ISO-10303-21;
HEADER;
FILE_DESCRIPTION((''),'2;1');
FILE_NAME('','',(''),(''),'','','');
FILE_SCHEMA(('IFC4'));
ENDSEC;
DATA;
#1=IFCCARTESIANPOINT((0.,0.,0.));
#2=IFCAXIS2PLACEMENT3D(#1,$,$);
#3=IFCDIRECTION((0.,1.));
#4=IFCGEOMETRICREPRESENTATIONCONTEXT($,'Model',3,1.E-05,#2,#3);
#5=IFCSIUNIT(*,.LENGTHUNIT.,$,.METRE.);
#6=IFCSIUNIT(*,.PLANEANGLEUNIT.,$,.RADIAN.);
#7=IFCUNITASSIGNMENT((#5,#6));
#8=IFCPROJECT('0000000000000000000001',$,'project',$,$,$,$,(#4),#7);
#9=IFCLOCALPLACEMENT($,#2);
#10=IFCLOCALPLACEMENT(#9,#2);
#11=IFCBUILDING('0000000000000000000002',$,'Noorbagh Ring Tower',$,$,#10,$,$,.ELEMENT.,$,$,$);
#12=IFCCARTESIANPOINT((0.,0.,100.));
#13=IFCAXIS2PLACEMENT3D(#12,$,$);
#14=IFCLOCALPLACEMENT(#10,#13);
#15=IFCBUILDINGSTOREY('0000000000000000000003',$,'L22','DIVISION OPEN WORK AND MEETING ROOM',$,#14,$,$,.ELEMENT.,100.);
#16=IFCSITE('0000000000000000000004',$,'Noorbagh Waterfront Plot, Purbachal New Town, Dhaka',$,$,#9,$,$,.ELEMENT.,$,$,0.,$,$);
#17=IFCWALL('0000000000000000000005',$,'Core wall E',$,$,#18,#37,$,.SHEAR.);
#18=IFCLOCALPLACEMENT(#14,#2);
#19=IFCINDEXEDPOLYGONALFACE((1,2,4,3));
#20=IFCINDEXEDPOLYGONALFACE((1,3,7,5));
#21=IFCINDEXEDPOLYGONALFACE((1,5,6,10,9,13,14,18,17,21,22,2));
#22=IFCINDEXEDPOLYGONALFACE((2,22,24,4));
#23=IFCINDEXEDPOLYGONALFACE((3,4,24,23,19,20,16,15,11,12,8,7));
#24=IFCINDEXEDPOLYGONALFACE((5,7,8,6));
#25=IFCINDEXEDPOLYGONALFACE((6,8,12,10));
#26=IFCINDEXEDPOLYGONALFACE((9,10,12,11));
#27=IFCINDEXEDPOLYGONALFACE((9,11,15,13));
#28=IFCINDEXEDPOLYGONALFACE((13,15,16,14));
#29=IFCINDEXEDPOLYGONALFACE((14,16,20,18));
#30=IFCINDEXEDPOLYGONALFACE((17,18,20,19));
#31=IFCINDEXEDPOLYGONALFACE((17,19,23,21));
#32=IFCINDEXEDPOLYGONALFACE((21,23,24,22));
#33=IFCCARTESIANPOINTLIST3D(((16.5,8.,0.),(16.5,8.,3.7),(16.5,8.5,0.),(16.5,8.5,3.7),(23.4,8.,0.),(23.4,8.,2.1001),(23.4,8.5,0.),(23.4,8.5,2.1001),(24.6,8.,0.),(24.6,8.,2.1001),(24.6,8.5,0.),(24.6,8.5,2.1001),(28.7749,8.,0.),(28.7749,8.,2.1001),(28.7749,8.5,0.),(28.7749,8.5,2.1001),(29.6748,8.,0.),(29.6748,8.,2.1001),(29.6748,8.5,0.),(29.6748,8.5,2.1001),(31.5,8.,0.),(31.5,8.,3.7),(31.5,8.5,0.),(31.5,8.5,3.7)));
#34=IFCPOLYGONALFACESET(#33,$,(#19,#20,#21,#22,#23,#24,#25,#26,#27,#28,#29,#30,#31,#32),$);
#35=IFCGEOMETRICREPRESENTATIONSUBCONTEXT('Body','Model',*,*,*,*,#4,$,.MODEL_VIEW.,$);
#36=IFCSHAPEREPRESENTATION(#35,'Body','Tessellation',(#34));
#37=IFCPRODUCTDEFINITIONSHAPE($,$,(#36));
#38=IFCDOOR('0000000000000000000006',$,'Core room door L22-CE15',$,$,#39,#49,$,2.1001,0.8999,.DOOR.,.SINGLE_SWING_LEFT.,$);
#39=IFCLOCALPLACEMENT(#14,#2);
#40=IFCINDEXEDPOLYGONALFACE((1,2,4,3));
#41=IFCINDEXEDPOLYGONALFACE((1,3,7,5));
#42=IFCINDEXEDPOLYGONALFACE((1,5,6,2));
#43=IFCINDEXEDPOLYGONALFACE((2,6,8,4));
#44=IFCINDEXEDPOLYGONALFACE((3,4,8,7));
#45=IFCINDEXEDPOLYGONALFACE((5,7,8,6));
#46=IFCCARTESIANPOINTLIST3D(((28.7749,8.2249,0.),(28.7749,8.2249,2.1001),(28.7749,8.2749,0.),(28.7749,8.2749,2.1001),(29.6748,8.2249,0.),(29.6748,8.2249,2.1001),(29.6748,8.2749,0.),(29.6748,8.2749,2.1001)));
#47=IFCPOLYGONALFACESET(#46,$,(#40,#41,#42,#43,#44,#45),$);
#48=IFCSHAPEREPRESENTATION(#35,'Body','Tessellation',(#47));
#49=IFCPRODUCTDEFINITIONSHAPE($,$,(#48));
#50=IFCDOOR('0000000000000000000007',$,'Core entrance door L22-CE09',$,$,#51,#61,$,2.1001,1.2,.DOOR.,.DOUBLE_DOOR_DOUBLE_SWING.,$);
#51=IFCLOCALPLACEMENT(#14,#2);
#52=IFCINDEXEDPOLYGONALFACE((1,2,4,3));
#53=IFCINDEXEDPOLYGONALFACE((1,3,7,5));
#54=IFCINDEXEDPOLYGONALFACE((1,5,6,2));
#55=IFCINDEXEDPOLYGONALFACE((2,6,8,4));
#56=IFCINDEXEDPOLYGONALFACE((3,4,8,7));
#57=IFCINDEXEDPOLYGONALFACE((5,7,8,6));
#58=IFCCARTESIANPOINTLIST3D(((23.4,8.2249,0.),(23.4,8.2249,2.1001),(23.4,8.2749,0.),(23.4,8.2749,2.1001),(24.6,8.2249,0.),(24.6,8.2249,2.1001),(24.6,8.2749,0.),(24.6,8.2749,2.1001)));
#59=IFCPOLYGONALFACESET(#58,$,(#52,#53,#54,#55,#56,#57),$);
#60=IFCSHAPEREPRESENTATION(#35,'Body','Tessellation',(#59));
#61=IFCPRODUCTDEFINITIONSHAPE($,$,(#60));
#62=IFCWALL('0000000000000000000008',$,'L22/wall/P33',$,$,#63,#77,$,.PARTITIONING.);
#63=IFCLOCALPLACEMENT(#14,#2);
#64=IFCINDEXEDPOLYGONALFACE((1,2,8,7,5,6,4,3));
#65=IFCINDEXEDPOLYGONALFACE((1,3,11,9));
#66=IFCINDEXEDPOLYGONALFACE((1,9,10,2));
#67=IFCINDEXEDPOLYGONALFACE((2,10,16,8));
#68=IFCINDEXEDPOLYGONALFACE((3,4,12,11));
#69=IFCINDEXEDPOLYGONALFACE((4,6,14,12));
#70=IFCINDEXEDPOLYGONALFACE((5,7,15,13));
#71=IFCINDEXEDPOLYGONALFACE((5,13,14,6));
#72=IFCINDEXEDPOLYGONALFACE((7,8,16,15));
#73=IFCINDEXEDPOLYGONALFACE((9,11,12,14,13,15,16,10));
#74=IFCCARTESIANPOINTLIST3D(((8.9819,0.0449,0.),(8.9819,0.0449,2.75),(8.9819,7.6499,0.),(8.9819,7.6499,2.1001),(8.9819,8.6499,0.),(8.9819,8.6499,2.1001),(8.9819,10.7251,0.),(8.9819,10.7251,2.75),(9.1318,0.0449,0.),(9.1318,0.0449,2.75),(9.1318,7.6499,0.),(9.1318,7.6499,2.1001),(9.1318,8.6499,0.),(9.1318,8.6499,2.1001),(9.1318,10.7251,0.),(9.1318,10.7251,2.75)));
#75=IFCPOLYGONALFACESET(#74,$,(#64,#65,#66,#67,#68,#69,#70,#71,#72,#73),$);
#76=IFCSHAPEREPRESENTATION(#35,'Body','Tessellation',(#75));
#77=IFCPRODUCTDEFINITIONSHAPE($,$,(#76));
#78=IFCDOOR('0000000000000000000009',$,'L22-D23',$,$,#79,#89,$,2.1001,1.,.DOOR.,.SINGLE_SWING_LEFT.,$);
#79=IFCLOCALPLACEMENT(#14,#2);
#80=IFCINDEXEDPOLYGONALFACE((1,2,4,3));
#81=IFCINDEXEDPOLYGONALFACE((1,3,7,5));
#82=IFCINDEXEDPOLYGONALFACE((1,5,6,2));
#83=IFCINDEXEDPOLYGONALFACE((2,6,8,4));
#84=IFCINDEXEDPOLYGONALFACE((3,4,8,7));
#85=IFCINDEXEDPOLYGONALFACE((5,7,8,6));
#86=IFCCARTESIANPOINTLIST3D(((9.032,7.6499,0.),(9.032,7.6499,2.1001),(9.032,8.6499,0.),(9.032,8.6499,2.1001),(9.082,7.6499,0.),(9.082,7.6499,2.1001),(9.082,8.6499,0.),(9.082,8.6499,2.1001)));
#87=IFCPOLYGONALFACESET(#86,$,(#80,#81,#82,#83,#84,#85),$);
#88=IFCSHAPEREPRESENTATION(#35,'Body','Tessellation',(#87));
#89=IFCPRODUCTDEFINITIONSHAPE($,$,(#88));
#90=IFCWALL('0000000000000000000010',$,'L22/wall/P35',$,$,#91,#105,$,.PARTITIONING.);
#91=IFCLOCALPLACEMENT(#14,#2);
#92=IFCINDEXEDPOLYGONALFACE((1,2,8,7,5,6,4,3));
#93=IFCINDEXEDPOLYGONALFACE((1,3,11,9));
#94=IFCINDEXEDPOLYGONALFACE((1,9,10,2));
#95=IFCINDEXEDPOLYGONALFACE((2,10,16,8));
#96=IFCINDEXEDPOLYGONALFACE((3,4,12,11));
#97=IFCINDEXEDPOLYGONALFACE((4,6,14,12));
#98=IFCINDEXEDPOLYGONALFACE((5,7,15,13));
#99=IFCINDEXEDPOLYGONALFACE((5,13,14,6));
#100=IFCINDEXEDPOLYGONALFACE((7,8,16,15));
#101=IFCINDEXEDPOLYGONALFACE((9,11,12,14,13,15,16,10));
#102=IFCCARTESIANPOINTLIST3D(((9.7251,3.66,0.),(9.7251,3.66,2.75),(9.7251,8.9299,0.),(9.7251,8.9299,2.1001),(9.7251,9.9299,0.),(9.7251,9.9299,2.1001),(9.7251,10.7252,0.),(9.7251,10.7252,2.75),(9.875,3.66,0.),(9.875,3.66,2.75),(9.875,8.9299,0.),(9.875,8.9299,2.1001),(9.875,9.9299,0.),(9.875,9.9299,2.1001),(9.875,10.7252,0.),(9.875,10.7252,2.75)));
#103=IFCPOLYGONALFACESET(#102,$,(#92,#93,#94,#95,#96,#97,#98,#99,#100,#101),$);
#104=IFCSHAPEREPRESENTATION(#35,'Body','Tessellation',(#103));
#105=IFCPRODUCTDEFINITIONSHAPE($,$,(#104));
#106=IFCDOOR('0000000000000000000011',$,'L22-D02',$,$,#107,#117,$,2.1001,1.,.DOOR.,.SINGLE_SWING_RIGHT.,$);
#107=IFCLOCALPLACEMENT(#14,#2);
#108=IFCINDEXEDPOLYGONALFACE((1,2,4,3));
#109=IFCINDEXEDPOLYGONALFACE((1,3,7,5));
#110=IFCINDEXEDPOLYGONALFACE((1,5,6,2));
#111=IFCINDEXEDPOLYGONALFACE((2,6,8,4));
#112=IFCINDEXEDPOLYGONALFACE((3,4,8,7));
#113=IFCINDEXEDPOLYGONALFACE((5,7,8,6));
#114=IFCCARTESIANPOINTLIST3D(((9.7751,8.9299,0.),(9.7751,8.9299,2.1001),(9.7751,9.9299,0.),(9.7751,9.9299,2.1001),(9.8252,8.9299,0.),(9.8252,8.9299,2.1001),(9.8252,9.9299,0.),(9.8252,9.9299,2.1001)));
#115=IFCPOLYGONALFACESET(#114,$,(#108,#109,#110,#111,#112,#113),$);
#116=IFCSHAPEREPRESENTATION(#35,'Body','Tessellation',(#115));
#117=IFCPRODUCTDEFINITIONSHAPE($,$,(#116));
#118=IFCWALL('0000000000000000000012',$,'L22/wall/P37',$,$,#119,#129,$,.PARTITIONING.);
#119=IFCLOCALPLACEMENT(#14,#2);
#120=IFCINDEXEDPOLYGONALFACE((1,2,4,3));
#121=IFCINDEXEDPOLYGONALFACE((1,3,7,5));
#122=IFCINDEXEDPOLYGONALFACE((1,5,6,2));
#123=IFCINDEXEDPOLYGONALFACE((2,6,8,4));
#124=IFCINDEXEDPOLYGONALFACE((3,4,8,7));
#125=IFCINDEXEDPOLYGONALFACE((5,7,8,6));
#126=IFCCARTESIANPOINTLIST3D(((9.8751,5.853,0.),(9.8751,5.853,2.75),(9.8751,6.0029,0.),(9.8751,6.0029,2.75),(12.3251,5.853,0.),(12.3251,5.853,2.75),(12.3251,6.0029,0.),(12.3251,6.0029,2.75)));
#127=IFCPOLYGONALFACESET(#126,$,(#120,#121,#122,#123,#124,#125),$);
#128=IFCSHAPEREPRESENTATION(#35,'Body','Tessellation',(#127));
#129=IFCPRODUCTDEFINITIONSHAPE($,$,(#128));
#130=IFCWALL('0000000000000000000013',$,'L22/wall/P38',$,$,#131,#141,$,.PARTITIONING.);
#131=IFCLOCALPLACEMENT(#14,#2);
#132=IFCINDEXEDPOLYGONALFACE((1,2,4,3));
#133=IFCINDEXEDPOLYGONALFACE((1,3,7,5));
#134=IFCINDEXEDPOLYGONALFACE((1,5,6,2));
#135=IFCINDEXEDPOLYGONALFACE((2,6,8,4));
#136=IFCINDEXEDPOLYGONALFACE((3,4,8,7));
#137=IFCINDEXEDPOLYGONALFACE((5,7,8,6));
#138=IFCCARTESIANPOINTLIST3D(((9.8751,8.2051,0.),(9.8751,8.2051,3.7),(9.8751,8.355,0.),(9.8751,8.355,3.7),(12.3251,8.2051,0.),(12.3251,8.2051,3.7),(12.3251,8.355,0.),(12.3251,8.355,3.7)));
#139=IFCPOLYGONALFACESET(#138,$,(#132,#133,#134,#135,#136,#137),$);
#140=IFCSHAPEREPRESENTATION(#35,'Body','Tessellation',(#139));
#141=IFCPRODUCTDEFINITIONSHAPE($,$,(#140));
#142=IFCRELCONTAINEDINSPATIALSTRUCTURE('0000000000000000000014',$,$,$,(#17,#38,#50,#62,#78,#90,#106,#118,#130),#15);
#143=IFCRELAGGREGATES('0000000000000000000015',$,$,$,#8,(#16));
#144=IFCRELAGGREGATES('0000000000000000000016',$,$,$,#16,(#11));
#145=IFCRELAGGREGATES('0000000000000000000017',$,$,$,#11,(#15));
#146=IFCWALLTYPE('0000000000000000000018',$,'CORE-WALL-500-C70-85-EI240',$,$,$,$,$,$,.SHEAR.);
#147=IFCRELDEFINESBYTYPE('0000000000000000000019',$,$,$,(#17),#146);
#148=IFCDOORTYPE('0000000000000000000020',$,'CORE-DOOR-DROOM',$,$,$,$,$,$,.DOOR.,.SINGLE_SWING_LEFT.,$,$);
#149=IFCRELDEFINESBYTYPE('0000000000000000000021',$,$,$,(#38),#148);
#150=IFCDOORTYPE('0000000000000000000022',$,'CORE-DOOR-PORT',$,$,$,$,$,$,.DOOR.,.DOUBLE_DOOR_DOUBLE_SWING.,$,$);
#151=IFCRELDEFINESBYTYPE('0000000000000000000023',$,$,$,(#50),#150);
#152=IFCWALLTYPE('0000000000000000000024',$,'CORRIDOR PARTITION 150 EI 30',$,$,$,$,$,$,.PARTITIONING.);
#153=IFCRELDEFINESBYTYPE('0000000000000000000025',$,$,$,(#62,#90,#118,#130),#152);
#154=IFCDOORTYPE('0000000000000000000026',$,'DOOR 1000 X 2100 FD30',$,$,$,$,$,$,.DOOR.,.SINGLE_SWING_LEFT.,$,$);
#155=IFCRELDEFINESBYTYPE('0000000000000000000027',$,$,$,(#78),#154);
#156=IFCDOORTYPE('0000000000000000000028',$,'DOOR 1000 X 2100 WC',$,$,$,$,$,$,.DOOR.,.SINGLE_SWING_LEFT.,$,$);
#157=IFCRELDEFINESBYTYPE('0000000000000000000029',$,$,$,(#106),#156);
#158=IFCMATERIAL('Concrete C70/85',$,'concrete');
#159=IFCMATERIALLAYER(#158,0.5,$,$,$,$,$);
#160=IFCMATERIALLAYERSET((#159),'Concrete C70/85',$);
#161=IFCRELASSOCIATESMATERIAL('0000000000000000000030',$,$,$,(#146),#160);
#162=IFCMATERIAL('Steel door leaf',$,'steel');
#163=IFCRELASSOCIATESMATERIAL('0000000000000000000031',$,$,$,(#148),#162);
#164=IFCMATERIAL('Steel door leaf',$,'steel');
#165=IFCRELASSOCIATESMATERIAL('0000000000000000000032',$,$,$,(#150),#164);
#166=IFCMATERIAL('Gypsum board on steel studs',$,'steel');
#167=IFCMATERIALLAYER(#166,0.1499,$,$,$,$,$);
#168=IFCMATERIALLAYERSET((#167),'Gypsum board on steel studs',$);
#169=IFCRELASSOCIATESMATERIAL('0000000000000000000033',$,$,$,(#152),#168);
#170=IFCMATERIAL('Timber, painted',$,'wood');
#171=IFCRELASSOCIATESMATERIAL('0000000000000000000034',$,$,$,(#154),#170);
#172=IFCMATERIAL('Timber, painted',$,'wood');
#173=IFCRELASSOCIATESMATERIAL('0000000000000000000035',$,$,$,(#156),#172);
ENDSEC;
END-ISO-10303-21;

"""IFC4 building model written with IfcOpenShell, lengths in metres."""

from ifc_helpers import new_model, si_unit, direction, frame, frame_2d, origin, place, context, subcontext, project, spatial, rectangle, extrude, material, layer, layer_set, type_object, element, fill, save


model = new_model("IFC4")

# Units and contexts
model_context = context("Model", 3, precision=1e-05, world=origin(), true_north=direction((0.0, 1.0)))
body_context = subcontext(model_context, "Body", "Model", "MODEL_VIEW")
ifc_project = project(units=[si_unit("LENGTHUNIT", "METRE"), si_unit("PLANEANGLEUNIT", "RADIAN")], contexts=[model_context])

# Site, building, storey
site_placement = place(None, origin())
site = spatial("IfcSite", under=ifc_project, at=site_placement, Name="Noorbagh Waterfront Plot, Purbachal New Town, Dhaka", CompositionType="ELEMENT", RefElevation=0.0)
building_placement = place(site_placement, origin())
building = spatial("IfcBuilding", under=site, at=building_placement, Name="Noorbagh Ring Tower", CompositionType="ELEMENT")
storey_placement = place(building_placement, frame((0.0, 0.0, 100.0)))
storey = spatial("IfcBuildingStorey", under=building, at=storey_placement, Name="L22", Description="DIVISION OPEN WORK AND MEETING ROOM", CompositionType="ELEMENT", Elevation=100.0)

# Wall, openings, doors
ifc_material_1 = material(Name="Concrete C70/85", Category="concrete")
ifc_layer_1 = layer(ifc_material_1, 0.5)
ifc_layer_set_1 = layer_set([ifc_layer_1], Name="Concrete C70/85")
wall_type_1 = type_object("IfcWallType", Name="CORE-WALL-500-C70-85-EI240", PredefinedType="SHEAR", material=ifc_layer_set_1)
wall_1_placement = place(storey_placement, frame((16.5, 8.25, 0.0), z_axis=(0.0, 0.0, 1.0), x_axis=(1.0, 0.0, 0.0)))
wall_1 = element("IfcWall", 1, at=wall_1_placement, inside=storey, type_object=wall_type_1, Name="Core wall E", PredefinedType="SHEAR", context=body_context, shape_type="SweptSolid", body=[
    extrude(rectangle(XDim=15.0, YDim=0.5, at=frame_2d((7.5, 0.0))), origin(), (0.0, 0.0, 1.0), 3.7),
])
opening_1_placement = place(wall_1_placement, frame((6.8999, 0.0, 0.0)))
opening_1 = element("IfcOpeningElement", 2, at=opening_1_placement, cuts=wall_1, PredefinedType="OPENING", context=body_context, shape_type="SweptSolid", body=[
    extrude(rectangle(XDim=1.2, YDim=2.1001, at=frame_2d((0.6001, 1.05))), frame((0.0, 0.26, 0.0), z_axis=(0.0, -1.0, 0.0), x_axis=(1.0, 0.0, 0.0)), (0.0, 0.0, 1.0), 0.52),
])
opening_2_placement = place(wall_1_placement, frame((12.2749, 0.0, 0.0)))
opening_2 = element("IfcOpeningElement", 3, at=opening_2_placement, cuts=wall_1, PredefinedType="OPENING", context=body_context, shape_type="SweptSolid", body=[
    extrude(rectangle(XDim=0.8999, YDim=2.1001, at=frame_2d((0.45, 1.05))), frame((0.0, 0.26, 0.0), z_axis=(0.0, -1.0, 0.0), x_axis=(1.0, 0.0, 0.0)), (0.0, 0.0, 1.0), 0.52),
])
ifc_material_2 = material(Name="Steel door leaf", Category="steel")
door_type_1 = type_object("IfcDoorType", Name="CORE-DOOR-DROOM", OperationType="SINGLE_SWING_LEFT", PredefinedType="DOOR", material=ifc_material_2)
door_1_placement = place(opening_2_placement, origin())
door_1 = element("IfcDoor", 4, at=door_1_placement, inside=storey, type_object=door_type_1, Name="Core room door L22-CE15", OperationType="SINGLE_SWING_LEFT", OverallHeight=2.1001, OverallWidth=0.8999, PredefinedType="DOOR", context=body_context, shape_type="SweptSolid", body=[
    extrude(rectangle(XDim=0.8999, YDim=2.1001, at=frame_2d((0.45, 1.05))), frame((0.0, 0.0249, 0.0), z_axis=(0.0, -1.0, 0.0), x_axis=(1.0, 0.0, 0.0)), (0.0, 0.0, 1.0), 0.05),
])
fill(opening_2, door_1)
ifc_material_3 = material(Name="Steel door leaf", Category="steel")
door_type_2 = type_object("IfcDoorType", Name="CORE-DOOR-PORT", OperationType="DOUBLE_DOOR_DOUBLE_SWING", PredefinedType="DOOR", material=ifc_material_3)
door_2_placement = place(opening_1_placement, origin())
door_2 = element("IfcDoor", 5, at=door_2_placement, inside=storey, type_object=door_type_2, Name="Core entrance door L22-CE09", OperationType="DOUBLE_DOOR_DOUBLE_SWING", OverallHeight=2.1001, OverallWidth=1.2, PredefinedType="DOOR", context=body_context, shape_type="SweptSolid", body=[
    extrude(rectangle(XDim=1.2, YDim=2.1001, at=frame_2d((0.6001, 1.05))), frame((0.0, 0.0249, 0.0), z_axis=(0.0, -1.0, 0.0), x_axis=(1.0, 0.0, 0.0)), (0.0, 0.0, 1.0), 0.05),
])
fill(opening_1, door_2)

# Walls, openings, doors
ifc_material_4 = material(Name="Gypsum board on steel studs", Category="steel")
ifc_layer_2 = layer(ifc_material_4, 0.1499)
ifc_layer_set_2 = layer_set([ifc_layer_2], Name="Gypsum board on steel studs")
wall_type_2 = type_object("IfcWallType", Name="CORRIDOR PARTITION 150 EI 30", PredefinedType="PARTITIONING", material=ifc_layer_set_2)
wall_2_placement = place(storey_placement, frame((9.0569, 0.0449, 0.0), z_axis=(0.0, 0.0, 1.0), x_axis=(0.0, 1.0, 0.0)))
wall_2 = element("IfcWall", 6, at=wall_2_placement, inside=storey, type_object=wall_type_2, Name="L22/wall/P33", PredefinedType="PARTITIONING", context=body_context, shape_type="SweptSolid", body=[
    extrude(rectangle(XDim=10.6802, YDim=0.1499, at=frame_2d((5.3401, 0.0))), origin(), (0.0, 0.0, 1.0), 2.75),
])
opening_3_placement = place(wall_2_placement, frame((7.605, 0.0, 0.0)))
opening_3 = element("IfcOpeningElement", 7, at=opening_3_placement, cuts=wall_2, PredefinedType="OPENING", context=body_context, shape_type="SweptSolid", body=[
    extrude(rectangle(XDim=1.0, YDim=2.1001, at=frame_2d((0.5, 1.05))), frame((0.0, 0.085, 0.0), z_axis=(0.0, -1.0, 0.0), x_axis=(1.0, 0.0, 0.0)), (0.0, 0.0, 1.0), 0.1699),
])
ifc_material_5 = material(Name="Timber, painted", Category="wood")
door_type_3 = type_object("IfcDoorType", Name="DOOR 1000 X 2100 FD30", OperationType="SINGLE_SWING_LEFT", PredefinedType="DOOR", material=ifc_material_5)
door_3_placement = place(opening_3_placement, origin())
door_3 = element("IfcDoor", 8, at=door_3_placement, inside=storey, type_object=door_type_3, Name="L22-D23", OperationType="SINGLE_SWING_LEFT", OverallHeight=2.1001, OverallWidth=1.0, PredefinedType="DOOR", context=body_context, shape_type="SweptSolid", body=[
    extrude(rectangle(XDim=1.0, YDim=2.1001, at=frame_2d((0.5, 1.05))), frame((0.0, 0.0249, 0.0), z_axis=(0.0, -1.0, 0.0), x_axis=(1.0, 0.0, 0.0)), (0.0, 0.0, 1.0), 0.05),
])
fill(opening_3, door_3)
wall_3_placement = place(storey_placement, frame((9.8, 3.6599, 0.0), z_axis=(0.0, 0.0, 1.0), x_axis=(0.0, 1.0, 0.0)))
wall_3 = element("IfcWall", 9, at=wall_3_placement, inside=storey, type_object=wall_type_2, Name="L22/wall/P35", PredefinedType="PARTITIONING", context=body_context, shape_type="SweptSolid", body=[
    extrude(rectangle(XDim=7.0652, YDim=0.1499, at=frame_2d((3.5327, 0.0))), origin(), (0.0, 0.0, 1.0), 2.75),
])
opening_4_placement = place(wall_3_placement, frame((5.27, 0.0, 0.0)))
opening_4 = element("IfcOpeningElement", 10, at=opening_4_placement, cuts=wall_3, PredefinedType="OPENING", context=body_context, shape_type="SweptSolid", body=[
    extrude(rectangle(XDim=1.0, YDim=2.1001, at=frame_2d((0.5, 1.05))), frame((0.0, 0.085, 0.0), z_axis=(0.0, -1.0, 0.0), x_axis=(1.0, 0.0, 0.0)), (0.0, 0.0, 1.0), 0.1699),
])
ifc_material_6 = material(Name="Timber, painted", Category="wood")
door_type_4 = type_object("IfcDoorType", Name="DOOR 1000 X 2100 WC", OperationType="SINGLE_SWING_LEFT", PredefinedType="DOOR", material=ifc_material_6)
door_4_placement = place(opening_4_placement, origin())
door_4 = element("IfcDoor", 11, at=door_4_placement, inside=storey, type_object=door_type_4, Name="L22-D02", OperationType="SINGLE_SWING_RIGHT", OverallHeight=2.1001, OverallWidth=1.0, PredefinedType="DOOR", context=body_context, shape_type="SweptSolid", body=[
    extrude(rectangle(XDim=1.0, YDim=2.1001, at=frame_2d((0.5, 1.05))), frame((0.0, 0.0249, 0.0), z_axis=(0.0, -1.0, 0.0), x_axis=(1.0, 0.0, 0.0)), (0.0, 0.0, 1.0), 0.05),
])
fill(opening_4, door_4)

# Walls
wall_4_placement = place(storey_placement, frame((9.875, 5.928, 0.0), z_axis=(0.0, 0.0, 1.0), x_axis=(1.0, 0.0, 0.0)))
element("IfcWall", 12, at=wall_4_placement, inside=storey, type_object=wall_type_2, Name="L22/wall/P37", PredefinedType="PARTITIONING", context=body_context, shape_type="SweptSolid", body=[
    extrude(rectangle(XDim=2.45, YDim=0.1499, at=frame_2d((1.2251, 0.0))), origin(), (0.0, 0.0, 1.0), 2.75),
])
wall_5_placement = place(storey_placement, frame((9.875, 8.28, 0.0), z_axis=(0.0, 0.0, 1.0), x_axis=(1.0, 0.0, 0.0)))
element("IfcWall", 13, at=wall_5_placement, inside=storey, type_object=wall_type_2, Name="L22/wall/P38", PredefinedType="PARTITIONING", context=body_context, shape_type="SweptSolid", body=[
    extrude(rectangle(XDim=2.45, YDim=0.1499, at=frame_2d((1.2251, 0.0))), origin(), (0.0, 0.0, 1.0), 3.7),
])

save(model, "model.ifc")
